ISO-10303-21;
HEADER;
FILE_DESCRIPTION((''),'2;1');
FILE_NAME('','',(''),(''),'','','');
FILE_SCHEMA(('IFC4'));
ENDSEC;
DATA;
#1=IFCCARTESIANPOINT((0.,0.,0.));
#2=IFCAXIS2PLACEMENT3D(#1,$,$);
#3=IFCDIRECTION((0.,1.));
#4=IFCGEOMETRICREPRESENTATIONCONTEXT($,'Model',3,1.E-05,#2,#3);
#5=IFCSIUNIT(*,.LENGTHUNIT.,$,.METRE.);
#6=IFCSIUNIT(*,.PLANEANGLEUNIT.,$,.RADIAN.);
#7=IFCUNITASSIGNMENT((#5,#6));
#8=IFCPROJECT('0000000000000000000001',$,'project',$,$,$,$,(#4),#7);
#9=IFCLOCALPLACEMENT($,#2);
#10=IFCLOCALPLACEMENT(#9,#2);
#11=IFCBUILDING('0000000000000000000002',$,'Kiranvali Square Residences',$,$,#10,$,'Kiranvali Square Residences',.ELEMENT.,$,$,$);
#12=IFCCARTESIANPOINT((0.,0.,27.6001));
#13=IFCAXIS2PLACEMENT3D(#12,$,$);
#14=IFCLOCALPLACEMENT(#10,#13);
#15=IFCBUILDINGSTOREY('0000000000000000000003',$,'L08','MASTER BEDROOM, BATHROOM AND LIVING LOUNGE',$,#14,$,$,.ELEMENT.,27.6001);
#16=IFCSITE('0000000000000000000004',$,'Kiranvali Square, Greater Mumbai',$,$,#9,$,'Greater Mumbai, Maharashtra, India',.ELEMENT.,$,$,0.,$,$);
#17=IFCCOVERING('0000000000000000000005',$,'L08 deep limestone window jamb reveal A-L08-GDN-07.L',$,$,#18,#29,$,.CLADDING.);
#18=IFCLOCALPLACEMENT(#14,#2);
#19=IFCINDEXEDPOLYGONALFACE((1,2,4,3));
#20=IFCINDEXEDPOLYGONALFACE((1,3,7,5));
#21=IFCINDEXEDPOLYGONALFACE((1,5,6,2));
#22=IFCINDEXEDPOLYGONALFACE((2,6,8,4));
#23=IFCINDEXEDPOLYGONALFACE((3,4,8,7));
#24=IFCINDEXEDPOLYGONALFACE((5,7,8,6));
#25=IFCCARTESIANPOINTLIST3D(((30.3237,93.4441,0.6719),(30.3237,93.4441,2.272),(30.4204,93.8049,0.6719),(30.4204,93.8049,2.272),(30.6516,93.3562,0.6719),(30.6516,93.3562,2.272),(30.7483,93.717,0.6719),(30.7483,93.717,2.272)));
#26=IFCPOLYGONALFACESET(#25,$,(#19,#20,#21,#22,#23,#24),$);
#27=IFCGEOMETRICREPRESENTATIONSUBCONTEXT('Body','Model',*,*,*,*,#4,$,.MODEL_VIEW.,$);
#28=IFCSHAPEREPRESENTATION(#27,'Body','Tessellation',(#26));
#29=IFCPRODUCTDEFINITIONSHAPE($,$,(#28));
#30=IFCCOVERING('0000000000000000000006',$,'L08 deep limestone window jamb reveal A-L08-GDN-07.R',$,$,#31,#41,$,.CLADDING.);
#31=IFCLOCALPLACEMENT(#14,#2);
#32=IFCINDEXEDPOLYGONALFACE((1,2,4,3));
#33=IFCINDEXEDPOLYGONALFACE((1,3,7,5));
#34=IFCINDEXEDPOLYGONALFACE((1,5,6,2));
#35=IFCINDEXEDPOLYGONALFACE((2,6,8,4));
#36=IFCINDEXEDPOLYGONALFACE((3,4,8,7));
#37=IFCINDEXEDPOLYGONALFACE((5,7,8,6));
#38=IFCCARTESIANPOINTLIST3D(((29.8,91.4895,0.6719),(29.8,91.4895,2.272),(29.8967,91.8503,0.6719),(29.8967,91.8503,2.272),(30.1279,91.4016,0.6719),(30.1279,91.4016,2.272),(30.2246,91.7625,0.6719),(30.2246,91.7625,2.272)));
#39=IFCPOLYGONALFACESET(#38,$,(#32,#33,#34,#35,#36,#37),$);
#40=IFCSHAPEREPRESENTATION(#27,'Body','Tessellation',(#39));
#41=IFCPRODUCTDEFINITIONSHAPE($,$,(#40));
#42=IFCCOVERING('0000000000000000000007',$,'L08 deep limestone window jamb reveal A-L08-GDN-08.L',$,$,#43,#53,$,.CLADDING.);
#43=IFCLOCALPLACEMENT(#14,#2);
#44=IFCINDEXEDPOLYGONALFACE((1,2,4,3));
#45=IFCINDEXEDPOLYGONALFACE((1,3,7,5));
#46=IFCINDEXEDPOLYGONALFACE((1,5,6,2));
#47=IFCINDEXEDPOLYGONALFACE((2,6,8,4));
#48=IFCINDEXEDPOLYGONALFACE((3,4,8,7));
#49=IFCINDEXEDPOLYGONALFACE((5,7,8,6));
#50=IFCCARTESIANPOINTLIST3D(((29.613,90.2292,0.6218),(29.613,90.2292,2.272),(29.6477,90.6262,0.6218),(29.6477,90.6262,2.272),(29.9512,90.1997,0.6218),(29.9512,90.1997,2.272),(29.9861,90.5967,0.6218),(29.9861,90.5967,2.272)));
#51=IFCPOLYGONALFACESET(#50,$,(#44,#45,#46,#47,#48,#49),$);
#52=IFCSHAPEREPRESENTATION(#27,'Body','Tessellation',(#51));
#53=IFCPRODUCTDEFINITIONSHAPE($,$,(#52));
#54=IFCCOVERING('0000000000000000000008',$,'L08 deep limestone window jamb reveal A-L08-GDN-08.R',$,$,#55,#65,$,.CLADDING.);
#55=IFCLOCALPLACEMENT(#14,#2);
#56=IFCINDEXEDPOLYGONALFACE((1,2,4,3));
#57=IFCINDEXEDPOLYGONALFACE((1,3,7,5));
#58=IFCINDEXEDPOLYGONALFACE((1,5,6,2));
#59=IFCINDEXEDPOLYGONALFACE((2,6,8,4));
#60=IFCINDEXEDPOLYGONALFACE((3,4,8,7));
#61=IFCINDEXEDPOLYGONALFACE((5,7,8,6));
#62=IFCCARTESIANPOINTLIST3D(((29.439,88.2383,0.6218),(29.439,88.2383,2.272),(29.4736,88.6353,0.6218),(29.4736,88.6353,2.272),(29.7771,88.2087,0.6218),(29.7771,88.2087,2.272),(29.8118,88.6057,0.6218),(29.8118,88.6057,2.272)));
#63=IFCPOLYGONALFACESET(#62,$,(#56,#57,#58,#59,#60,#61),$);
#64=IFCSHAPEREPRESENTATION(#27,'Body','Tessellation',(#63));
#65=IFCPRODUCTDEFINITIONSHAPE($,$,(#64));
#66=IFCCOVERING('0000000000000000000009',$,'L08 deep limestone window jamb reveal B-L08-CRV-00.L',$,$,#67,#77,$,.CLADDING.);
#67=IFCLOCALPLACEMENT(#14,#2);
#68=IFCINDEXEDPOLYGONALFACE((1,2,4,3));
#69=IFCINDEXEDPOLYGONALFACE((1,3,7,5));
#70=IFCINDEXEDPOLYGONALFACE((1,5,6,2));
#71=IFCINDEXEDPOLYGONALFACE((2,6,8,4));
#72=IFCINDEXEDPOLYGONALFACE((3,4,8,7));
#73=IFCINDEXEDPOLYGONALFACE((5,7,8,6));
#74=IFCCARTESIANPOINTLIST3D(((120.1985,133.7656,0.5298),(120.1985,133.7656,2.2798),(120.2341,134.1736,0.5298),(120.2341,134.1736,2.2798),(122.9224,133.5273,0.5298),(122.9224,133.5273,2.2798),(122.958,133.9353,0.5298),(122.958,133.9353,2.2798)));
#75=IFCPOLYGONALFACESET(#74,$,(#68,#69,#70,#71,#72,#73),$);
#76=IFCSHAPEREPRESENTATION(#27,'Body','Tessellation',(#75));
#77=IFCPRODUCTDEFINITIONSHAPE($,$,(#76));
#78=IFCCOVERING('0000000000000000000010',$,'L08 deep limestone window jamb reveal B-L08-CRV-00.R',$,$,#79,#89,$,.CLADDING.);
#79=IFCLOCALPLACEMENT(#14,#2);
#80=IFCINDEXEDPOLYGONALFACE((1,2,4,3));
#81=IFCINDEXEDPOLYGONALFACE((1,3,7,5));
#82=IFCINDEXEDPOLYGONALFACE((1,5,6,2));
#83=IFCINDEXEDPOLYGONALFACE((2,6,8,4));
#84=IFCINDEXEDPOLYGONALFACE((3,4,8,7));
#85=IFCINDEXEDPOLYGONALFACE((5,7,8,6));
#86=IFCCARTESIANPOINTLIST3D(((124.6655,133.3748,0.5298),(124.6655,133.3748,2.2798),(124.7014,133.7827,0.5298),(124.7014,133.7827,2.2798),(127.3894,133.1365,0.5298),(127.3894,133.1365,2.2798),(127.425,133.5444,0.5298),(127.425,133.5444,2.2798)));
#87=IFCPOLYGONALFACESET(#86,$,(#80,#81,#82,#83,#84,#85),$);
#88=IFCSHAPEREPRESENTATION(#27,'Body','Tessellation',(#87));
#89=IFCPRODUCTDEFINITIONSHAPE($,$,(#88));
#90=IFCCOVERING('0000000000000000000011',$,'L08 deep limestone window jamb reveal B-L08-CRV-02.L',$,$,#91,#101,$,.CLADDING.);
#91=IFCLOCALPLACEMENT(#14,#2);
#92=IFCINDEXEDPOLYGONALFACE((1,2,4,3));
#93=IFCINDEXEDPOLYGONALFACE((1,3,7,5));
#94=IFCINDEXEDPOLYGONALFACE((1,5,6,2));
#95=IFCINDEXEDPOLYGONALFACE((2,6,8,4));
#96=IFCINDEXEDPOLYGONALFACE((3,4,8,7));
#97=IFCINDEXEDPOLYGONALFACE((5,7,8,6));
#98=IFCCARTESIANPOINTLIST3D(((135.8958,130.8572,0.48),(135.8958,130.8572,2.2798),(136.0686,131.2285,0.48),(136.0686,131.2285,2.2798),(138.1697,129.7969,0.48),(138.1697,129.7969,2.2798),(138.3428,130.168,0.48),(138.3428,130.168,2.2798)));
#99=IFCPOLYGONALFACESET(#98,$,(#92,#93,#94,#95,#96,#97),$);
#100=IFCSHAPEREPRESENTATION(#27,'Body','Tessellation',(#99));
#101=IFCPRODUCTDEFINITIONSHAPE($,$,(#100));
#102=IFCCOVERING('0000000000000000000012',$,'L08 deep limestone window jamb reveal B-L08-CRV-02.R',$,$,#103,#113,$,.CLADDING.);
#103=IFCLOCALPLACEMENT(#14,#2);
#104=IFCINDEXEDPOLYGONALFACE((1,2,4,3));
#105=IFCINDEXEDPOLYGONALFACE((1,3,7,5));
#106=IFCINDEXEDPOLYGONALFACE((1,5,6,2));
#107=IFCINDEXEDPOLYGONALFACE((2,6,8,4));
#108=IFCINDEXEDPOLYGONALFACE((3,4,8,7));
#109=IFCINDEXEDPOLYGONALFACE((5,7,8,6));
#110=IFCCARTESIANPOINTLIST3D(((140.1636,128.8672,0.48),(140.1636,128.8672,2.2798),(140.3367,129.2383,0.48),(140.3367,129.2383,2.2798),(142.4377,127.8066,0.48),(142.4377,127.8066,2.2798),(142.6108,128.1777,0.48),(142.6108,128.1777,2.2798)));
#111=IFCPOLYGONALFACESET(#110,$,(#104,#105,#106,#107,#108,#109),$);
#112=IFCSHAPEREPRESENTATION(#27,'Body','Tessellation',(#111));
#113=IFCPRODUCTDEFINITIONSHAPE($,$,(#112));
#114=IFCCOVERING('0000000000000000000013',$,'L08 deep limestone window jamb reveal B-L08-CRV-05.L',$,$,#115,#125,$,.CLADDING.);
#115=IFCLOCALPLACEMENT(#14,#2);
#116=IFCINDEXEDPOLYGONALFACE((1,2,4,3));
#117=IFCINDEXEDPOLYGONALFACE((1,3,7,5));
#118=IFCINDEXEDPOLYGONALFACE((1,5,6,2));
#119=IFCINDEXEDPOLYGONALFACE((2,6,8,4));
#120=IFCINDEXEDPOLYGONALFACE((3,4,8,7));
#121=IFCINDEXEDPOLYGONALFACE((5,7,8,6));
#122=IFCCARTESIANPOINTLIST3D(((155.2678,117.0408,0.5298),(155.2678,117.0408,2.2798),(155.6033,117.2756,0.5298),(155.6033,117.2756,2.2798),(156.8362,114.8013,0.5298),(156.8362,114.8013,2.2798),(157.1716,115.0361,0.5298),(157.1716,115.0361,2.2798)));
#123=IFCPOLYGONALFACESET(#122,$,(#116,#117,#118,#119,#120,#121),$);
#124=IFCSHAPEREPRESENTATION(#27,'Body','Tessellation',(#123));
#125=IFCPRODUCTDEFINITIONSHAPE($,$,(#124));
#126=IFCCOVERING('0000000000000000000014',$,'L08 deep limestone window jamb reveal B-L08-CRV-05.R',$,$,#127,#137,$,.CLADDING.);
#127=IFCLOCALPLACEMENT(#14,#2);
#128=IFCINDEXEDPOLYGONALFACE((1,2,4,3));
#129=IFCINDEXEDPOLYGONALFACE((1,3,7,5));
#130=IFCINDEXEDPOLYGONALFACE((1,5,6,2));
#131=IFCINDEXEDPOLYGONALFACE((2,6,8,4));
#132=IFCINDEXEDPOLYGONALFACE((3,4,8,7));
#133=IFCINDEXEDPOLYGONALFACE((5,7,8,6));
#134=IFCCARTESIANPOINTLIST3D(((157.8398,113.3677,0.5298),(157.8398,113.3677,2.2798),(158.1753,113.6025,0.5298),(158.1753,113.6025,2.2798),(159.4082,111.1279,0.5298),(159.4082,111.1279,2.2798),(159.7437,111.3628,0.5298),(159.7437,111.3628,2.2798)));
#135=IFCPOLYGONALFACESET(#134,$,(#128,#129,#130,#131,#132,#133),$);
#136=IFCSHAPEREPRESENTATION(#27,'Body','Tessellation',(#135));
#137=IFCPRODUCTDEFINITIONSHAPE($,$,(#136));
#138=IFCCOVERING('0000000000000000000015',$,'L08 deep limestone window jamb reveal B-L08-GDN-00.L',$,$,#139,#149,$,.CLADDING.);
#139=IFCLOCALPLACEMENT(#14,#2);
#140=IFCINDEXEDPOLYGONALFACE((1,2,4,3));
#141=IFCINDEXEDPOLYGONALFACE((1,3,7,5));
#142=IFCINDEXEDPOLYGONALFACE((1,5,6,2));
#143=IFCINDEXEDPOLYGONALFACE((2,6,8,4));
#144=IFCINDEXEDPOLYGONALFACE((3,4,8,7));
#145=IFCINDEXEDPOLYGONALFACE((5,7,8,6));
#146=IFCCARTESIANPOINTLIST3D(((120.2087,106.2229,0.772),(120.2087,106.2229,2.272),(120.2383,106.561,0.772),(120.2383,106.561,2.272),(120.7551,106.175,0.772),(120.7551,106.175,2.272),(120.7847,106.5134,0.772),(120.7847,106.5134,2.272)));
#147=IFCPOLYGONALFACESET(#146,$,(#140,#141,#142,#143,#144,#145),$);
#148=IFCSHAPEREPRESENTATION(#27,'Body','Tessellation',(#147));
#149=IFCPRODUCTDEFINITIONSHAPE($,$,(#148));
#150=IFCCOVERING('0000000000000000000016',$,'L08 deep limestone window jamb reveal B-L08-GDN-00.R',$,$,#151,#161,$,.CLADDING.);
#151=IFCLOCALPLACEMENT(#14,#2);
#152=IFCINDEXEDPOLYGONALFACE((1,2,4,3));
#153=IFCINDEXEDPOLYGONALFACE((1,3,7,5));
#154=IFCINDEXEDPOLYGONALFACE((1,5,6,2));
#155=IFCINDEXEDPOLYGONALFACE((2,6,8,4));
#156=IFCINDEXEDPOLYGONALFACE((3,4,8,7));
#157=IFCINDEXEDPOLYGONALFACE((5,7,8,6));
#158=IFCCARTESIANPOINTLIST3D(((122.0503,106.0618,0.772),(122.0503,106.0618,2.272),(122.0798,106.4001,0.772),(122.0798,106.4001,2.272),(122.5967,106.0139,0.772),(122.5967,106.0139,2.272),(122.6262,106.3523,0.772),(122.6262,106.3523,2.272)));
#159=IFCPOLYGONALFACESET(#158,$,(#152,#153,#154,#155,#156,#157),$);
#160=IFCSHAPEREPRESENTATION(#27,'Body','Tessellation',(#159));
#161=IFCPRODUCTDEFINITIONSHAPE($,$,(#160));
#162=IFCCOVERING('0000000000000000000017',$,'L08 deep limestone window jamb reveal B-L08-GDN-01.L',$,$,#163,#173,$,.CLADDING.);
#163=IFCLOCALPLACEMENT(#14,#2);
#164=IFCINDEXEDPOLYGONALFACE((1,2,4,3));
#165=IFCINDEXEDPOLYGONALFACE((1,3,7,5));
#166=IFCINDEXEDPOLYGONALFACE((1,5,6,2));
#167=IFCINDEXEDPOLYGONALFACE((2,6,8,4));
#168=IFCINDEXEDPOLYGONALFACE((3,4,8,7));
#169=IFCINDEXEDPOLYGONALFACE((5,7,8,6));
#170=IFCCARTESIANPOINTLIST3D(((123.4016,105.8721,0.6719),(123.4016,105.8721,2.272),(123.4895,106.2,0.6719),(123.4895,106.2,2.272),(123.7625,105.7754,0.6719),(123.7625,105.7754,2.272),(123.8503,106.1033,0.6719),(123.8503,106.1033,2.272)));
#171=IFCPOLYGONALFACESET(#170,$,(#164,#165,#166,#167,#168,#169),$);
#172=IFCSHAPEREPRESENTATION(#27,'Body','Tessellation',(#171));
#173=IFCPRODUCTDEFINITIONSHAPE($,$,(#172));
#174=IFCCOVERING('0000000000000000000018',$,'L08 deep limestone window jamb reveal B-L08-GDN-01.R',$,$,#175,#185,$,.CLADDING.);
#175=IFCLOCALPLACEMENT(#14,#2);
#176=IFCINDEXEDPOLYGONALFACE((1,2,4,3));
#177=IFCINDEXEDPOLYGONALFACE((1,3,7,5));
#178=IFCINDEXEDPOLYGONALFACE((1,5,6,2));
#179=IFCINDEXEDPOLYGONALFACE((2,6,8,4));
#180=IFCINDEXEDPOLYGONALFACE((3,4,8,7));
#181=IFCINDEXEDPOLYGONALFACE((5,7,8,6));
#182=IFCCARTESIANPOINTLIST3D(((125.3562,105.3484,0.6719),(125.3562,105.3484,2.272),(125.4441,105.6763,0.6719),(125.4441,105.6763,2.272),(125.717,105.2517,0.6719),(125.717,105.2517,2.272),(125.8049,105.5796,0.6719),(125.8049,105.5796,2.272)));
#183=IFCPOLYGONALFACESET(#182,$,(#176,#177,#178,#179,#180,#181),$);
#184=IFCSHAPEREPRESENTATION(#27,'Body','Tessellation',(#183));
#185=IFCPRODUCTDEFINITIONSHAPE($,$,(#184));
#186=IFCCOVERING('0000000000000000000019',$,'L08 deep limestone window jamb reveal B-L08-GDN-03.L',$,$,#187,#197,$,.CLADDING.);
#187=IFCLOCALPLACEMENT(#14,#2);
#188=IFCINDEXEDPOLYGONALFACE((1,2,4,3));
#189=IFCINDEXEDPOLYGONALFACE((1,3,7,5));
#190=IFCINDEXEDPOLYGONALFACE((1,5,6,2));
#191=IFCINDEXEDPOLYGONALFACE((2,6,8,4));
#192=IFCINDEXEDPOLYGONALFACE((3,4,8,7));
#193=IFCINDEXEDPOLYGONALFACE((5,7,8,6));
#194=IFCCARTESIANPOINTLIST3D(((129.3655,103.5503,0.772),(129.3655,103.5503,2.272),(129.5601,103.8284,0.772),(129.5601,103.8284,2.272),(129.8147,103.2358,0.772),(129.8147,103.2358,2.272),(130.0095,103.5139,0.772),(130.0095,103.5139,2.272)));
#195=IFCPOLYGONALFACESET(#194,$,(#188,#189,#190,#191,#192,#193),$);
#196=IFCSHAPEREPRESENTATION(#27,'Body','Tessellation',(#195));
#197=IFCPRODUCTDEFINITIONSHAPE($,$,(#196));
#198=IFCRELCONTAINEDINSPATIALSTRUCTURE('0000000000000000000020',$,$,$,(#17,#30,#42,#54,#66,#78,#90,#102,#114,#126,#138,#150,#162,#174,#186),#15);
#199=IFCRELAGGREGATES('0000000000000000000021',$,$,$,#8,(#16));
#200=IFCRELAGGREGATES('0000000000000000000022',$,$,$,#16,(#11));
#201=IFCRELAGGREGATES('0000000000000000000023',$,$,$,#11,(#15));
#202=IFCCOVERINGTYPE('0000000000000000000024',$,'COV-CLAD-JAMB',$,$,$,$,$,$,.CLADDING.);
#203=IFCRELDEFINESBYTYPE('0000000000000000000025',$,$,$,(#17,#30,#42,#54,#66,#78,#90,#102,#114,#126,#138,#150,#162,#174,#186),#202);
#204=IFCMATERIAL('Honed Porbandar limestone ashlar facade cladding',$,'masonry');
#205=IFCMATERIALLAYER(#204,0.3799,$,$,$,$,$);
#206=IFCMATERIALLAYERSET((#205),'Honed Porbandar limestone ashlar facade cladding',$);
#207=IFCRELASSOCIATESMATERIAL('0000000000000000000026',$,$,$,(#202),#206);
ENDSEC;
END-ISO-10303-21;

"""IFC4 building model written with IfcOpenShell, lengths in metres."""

from ifc_helpers import new_model, si_unit, direction, frame, origin, place, context, subcontext, project, spatial, polyline, outline, extrude, material, layer, layer_set, type_object, element, save


model = new_model("IFC4")

# Units and contexts
model_context = context("Model", 3, precision=1e-05, world=origin(), true_north=direction((0.0, 1.0)))
body_context = subcontext(model_context, "Body", "Model", "MODEL_VIEW")
ifc_project = project(units=[si_unit("LENGTHUNIT", "METRE"), si_unit("PLANEANGLEUNIT", "RADIAN")], contexts=[model_context])

# Site, building, storey
site_placement = place(None, origin())
site = spatial("IfcSite", under=ifc_project, at=site_placement, Name="Kiranvali Square, Greater Mumbai", LongName="Greater Mumbai, Maharashtra, India", CompositionType="ELEMENT", RefElevation=0.0)
building_placement = place(site_placement, origin())
building = spatial("IfcBuilding", under=site, at=building_placement, Name="Kiranvali Square Residences", LongName="Kiranvali Square Residences", CompositionType="ELEMENT")
storey_placement = place(building_placement, frame((0.0, 0.0, 27.6001)))
storey = spatial("IfcBuildingStorey", under=building, at=storey_placement, Name="L08", Description="MASTER BEDROOM, BATHROOM AND LIVING LOUNGE", CompositionType="ELEMENT", Elevation=27.6001)

# Coverings
ifc_material = material(Name="Honed Porbandar limestone ashlar facade cladding", Category="masonry")
ifc_layer = layer(ifc_material, 0.3799)
ifc_layer_set = layer_set([ifc_layer], Name="Honed Porbandar limestone ashlar facade cladding")
covering_type = type_object("IfcCoveringType", Name="COV-CLAD-JAMB", PredefinedType="CLADDING", material=ifc_layer_set)
covering_1_placement = place(storey_placement, frame((0.0, 0.0, 0.6719)))
element("IfcCovering", 1, at=covering_1_placement, inside=storey, type_object=covering_type, Name="L08 deep limestone window jamb reveal A-L08-GDN-07.L", PredefinedType="CLADDING", context=body_context, shape_type="SweptSolid", body=[
    extrude(outline(polyline([(30.4204, 93.8049), (30.3237, 93.4441), (30.6516, 93.3562), (30.7483, 93.717), (30.4204, 93.8049)])), origin(), (0.0, 0.0, 1.0), 1.6001),
])
covering_2_placement = place(storey_placement, frame((0.0, 0.0, 0.6719)))
element("IfcCovering", 2, at=covering_2_placement, inside=storey, type_object=covering_type, Name="L08 deep limestone window jamb reveal A-L08-GDN-07.R", PredefinedType="CLADDING", context=body_context, shape_type="SweptSolid", body=[
    extrude(outline(polyline([(29.8967, 91.8503), (29.8, 91.4895), (30.1279, 91.4016), (30.2246, 91.7625), (29.8967, 91.8503)])), origin(), (0.0, 0.0, 1.0), 1.6001),
])
covering_3_placement = place(storey_placement, frame((0.0, 0.0, 0.6218)))
element("IfcCovering", 3, at=covering_3_placement, inside=storey, type_object=covering_type, Name="L08 deep limestone window jamb reveal A-L08-GDN-08.L", PredefinedType="CLADDING", context=body_context, shape_type="SweptSolid", body=[
    extrude(outline(polyline([(29.6477, 90.6262), (29.613, 90.2292), (29.9512, 90.1997), (29.9861, 90.5967), (29.6477, 90.6262)])), origin(), (0.0, 0.0, 1.0), 1.6501),
])
covering_4_placement = place(storey_placement, frame((0.0, 0.0, 0.6218)))
element("IfcCovering", 4, at=covering_4_placement, inside=storey, type_object=covering_type, Name="L08 deep limestone window jamb reveal A-L08-GDN-08.R", PredefinedType="CLADDING", context=body_context, shape_type="SweptSolid", body=[
    extrude(outline(polyline([(29.4736, 88.6353), (29.439, 88.2383), (29.7771, 88.2087), (29.8118, 88.6057), (29.4736, 88.6353)])), origin(), (0.0, 0.0, 1.0), 1.6501),
])
covering_5_placement = place(storey_placement, frame((0.0, 0.0, 0.5298)))
element("IfcCovering", 5, at=covering_5_placement, inside=storey, type_object=covering_type, Name="L08 deep limestone window jamb reveal B-L08-CRV-00.L", PredefinedType="CLADDING", context=body_context, shape_type="SweptSolid", body=[
    extrude(outline(polyline([(120.1985, 133.7656), (122.9224, 133.5273), (122.958, 133.9353), (120.2341, 134.1736), (120.1985, 133.7656)])), origin(), (0.0, 0.0, 1.0), 1.75),
])
covering_6_placement = place(storey_placement, frame((0.0, 0.0, 0.5298)))
element("IfcCovering", 6, at=covering_6_placement, inside=storey, type_object=covering_type, Name="L08 deep limestone window jamb reveal B-L08-CRV-00.R", PredefinedType="CLADDING", context=body_context, shape_type="SweptSolid", body=[
    extrude(outline(polyline([(124.6655, 133.3748), (127.3894, 133.1365), (127.425, 133.5444), (124.7014, 133.7827), (124.6655, 133.3748)])), origin(), (0.0, 0.0, 1.0), 1.75),
])
covering_7_placement = place(storey_placement, frame((0.0, 0.0, 0.48)))
element("IfcCovering", 7, at=covering_7_placement, inside=storey, type_object=covering_type, Name="L08 deep limestone window jamb reveal B-L08-CRV-02.L", PredefinedType="CLADDING", context=body_context, shape_type="SweptSolid", body=[
    extrude(outline(polyline([(135.8958, 130.8572), (138.1697, 129.7969), (138.3428, 130.168), (136.0686, 131.2285), (135.8958, 130.8572)])), origin(), (0.0, 0.0, 1.0), 1.7998),
])
covering_8_placement = place(storey_placement, frame((0.0, 0.0, 0.48)))
element("IfcCovering", 8, at=covering_8_placement, inside=storey, type_object=covering_type, Name="L08 deep limestone window jamb reveal B-L08-CRV-02.R", PredefinedType="CLADDING", context=body_context, shape_type="SweptSolid", body=[
    extrude(outline(polyline([(140.1636, 128.8672), (142.4377, 127.8066), (142.6108, 128.1777), (140.3367, 129.2383), (140.1636, 128.8672)])), origin(), (0.0, 0.0, 1.0), 1.7998),
])
covering_9_placement = place(storey_placement, frame((0.0, 0.0, 0.5298)))
element("IfcCovering", 9, at=covering_9_placement, inside=storey, type_object=covering_type, Name="L08 deep limestone window jamb reveal B-L08-CRV-05.L", PredefinedType="CLADDING", context=body_context, shape_type="SweptSolid", body=[
    extrude(outline(polyline([(155.2678, 117.0408), (156.8362, 114.8013), (157.1716, 115.0361), (155.6033, 117.2756), (155.2678, 117.0408)])), origin(), (0.0, 0.0, 1.0), 1.75),
])
covering_10_placement = place(storey_placement, frame((0.0, 0.0, 0.5298)))
element("IfcCovering", 10, at=covering_10_placement, inside=storey, type_object=covering_type, Name="L08 deep limestone window jamb reveal B-L08-CRV-05.R", PredefinedType="CLADDING", context=body_context, shape_type="SweptSolid", body=[
    extrude(outline(polyline([(157.8398, 113.3677), (159.4082, 111.1279), (159.7437, 111.3628), (158.1753, 113.6025), (157.8398, 113.3677)])), origin(), (0.0, 0.0, 1.0), 1.75),
])
covering_11_placement = place(storey_placement, frame((0.0, 0.0, 0.772)))
element("IfcCovering", 11, at=covering_11_placement, inside=storey, type_object=covering_type, Name="L08 deep limestone window jamb reveal B-L08-GDN-00.L", PredefinedType="CLADDING", context=body_context, shape_type="SweptSolid", body=[
    extrude(outline(polyline([(120.2087, 106.2229), (120.7551, 106.175), (120.7847, 106.5134), (120.2383, 106.561), (120.2087, 106.2229)])), origin(), (0.0, 0.0, 1.0), 1.5),
])
covering_12_placement = place(storey_placement, frame((0.0, 0.0, 0.772)))
element("IfcCovering", 12, at=covering_12_placement, inside=storey, type_object=covering_type, Name="L08 deep limestone window jamb reveal B-L08-GDN-00.R", PredefinedType="CLADDING", context=body_context, shape_type="SweptSolid", body=[
    extrude(outline(polyline([(122.0503, 106.0618), (122.5967, 106.0139), (122.6262, 106.3523), (122.0798, 106.4001), (122.0503, 106.0618)])), origin(), (0.0, 0.0, 1.0), 1.5),
])
covering_13_placement = place(storey_placement, frame((0.0, 0.0, 0.6719)))
element("IfcCovering", 13, at=covering_13_placement, inside=storey, type_object=covering_type, Name="L08 deep limestone window jamb reveal B-L08-GDN-01.L", PredefinedType="CLADDING", context=body_context, shape_type="SweptSolid", body=[
    extrude(outline(polyline([(123.4016, 105.8721), (123.7625, 105.7754), (123.8503, 106.1033), (123.4895, 106.2), (123.4016, 105.8721)])), origin(), (0.0, 0.0, 1.0), 1.6001),
])
covering_14_placement = place(storey_placement, frame((0.0, 0.0, 0.6719)))
element("IfcCovering", 14, at=covering_14_placement, inside=storey, type_object=covering_type, Name="L08 deep limestone window jamb reveal B-L08-GDN-01.R", PredefinedType="CLADDING", context=body_context, shape_type="SweptSolid", body=[
    extrude(outline(polyline([(125.3562, 105.3484), (125.717, 105.2517), (125.8049, 105.5796), (125.4441, 105.6763), (125.3562, 105.3484)])), origin(), (0.0, 0.0, 1.0), 1.6001),
])
covering_15_placement = place(storey_placement, frame((0.0, 0.0, 0.772)))
element("IfcCovering", 15, at=covering_15_placement, inside=storey, type_object=covering_type, Name="L08 deep limestone window jamb reveal B-L08-GDN-03.L", PredefinedType="CLADDING", context=body_context, shape_type="SweptSolid", body=[
    extrude(outline(polyline([(129.3655, 103.5503), (129.8147, 103.2358), (130.0095, 103.5139), (129.5601, 103.8284), (129.3655, 103.5503)])), origin(), (0.0, 0.0, 1.0), 1.5),
])

save(model, "model.ifc")
